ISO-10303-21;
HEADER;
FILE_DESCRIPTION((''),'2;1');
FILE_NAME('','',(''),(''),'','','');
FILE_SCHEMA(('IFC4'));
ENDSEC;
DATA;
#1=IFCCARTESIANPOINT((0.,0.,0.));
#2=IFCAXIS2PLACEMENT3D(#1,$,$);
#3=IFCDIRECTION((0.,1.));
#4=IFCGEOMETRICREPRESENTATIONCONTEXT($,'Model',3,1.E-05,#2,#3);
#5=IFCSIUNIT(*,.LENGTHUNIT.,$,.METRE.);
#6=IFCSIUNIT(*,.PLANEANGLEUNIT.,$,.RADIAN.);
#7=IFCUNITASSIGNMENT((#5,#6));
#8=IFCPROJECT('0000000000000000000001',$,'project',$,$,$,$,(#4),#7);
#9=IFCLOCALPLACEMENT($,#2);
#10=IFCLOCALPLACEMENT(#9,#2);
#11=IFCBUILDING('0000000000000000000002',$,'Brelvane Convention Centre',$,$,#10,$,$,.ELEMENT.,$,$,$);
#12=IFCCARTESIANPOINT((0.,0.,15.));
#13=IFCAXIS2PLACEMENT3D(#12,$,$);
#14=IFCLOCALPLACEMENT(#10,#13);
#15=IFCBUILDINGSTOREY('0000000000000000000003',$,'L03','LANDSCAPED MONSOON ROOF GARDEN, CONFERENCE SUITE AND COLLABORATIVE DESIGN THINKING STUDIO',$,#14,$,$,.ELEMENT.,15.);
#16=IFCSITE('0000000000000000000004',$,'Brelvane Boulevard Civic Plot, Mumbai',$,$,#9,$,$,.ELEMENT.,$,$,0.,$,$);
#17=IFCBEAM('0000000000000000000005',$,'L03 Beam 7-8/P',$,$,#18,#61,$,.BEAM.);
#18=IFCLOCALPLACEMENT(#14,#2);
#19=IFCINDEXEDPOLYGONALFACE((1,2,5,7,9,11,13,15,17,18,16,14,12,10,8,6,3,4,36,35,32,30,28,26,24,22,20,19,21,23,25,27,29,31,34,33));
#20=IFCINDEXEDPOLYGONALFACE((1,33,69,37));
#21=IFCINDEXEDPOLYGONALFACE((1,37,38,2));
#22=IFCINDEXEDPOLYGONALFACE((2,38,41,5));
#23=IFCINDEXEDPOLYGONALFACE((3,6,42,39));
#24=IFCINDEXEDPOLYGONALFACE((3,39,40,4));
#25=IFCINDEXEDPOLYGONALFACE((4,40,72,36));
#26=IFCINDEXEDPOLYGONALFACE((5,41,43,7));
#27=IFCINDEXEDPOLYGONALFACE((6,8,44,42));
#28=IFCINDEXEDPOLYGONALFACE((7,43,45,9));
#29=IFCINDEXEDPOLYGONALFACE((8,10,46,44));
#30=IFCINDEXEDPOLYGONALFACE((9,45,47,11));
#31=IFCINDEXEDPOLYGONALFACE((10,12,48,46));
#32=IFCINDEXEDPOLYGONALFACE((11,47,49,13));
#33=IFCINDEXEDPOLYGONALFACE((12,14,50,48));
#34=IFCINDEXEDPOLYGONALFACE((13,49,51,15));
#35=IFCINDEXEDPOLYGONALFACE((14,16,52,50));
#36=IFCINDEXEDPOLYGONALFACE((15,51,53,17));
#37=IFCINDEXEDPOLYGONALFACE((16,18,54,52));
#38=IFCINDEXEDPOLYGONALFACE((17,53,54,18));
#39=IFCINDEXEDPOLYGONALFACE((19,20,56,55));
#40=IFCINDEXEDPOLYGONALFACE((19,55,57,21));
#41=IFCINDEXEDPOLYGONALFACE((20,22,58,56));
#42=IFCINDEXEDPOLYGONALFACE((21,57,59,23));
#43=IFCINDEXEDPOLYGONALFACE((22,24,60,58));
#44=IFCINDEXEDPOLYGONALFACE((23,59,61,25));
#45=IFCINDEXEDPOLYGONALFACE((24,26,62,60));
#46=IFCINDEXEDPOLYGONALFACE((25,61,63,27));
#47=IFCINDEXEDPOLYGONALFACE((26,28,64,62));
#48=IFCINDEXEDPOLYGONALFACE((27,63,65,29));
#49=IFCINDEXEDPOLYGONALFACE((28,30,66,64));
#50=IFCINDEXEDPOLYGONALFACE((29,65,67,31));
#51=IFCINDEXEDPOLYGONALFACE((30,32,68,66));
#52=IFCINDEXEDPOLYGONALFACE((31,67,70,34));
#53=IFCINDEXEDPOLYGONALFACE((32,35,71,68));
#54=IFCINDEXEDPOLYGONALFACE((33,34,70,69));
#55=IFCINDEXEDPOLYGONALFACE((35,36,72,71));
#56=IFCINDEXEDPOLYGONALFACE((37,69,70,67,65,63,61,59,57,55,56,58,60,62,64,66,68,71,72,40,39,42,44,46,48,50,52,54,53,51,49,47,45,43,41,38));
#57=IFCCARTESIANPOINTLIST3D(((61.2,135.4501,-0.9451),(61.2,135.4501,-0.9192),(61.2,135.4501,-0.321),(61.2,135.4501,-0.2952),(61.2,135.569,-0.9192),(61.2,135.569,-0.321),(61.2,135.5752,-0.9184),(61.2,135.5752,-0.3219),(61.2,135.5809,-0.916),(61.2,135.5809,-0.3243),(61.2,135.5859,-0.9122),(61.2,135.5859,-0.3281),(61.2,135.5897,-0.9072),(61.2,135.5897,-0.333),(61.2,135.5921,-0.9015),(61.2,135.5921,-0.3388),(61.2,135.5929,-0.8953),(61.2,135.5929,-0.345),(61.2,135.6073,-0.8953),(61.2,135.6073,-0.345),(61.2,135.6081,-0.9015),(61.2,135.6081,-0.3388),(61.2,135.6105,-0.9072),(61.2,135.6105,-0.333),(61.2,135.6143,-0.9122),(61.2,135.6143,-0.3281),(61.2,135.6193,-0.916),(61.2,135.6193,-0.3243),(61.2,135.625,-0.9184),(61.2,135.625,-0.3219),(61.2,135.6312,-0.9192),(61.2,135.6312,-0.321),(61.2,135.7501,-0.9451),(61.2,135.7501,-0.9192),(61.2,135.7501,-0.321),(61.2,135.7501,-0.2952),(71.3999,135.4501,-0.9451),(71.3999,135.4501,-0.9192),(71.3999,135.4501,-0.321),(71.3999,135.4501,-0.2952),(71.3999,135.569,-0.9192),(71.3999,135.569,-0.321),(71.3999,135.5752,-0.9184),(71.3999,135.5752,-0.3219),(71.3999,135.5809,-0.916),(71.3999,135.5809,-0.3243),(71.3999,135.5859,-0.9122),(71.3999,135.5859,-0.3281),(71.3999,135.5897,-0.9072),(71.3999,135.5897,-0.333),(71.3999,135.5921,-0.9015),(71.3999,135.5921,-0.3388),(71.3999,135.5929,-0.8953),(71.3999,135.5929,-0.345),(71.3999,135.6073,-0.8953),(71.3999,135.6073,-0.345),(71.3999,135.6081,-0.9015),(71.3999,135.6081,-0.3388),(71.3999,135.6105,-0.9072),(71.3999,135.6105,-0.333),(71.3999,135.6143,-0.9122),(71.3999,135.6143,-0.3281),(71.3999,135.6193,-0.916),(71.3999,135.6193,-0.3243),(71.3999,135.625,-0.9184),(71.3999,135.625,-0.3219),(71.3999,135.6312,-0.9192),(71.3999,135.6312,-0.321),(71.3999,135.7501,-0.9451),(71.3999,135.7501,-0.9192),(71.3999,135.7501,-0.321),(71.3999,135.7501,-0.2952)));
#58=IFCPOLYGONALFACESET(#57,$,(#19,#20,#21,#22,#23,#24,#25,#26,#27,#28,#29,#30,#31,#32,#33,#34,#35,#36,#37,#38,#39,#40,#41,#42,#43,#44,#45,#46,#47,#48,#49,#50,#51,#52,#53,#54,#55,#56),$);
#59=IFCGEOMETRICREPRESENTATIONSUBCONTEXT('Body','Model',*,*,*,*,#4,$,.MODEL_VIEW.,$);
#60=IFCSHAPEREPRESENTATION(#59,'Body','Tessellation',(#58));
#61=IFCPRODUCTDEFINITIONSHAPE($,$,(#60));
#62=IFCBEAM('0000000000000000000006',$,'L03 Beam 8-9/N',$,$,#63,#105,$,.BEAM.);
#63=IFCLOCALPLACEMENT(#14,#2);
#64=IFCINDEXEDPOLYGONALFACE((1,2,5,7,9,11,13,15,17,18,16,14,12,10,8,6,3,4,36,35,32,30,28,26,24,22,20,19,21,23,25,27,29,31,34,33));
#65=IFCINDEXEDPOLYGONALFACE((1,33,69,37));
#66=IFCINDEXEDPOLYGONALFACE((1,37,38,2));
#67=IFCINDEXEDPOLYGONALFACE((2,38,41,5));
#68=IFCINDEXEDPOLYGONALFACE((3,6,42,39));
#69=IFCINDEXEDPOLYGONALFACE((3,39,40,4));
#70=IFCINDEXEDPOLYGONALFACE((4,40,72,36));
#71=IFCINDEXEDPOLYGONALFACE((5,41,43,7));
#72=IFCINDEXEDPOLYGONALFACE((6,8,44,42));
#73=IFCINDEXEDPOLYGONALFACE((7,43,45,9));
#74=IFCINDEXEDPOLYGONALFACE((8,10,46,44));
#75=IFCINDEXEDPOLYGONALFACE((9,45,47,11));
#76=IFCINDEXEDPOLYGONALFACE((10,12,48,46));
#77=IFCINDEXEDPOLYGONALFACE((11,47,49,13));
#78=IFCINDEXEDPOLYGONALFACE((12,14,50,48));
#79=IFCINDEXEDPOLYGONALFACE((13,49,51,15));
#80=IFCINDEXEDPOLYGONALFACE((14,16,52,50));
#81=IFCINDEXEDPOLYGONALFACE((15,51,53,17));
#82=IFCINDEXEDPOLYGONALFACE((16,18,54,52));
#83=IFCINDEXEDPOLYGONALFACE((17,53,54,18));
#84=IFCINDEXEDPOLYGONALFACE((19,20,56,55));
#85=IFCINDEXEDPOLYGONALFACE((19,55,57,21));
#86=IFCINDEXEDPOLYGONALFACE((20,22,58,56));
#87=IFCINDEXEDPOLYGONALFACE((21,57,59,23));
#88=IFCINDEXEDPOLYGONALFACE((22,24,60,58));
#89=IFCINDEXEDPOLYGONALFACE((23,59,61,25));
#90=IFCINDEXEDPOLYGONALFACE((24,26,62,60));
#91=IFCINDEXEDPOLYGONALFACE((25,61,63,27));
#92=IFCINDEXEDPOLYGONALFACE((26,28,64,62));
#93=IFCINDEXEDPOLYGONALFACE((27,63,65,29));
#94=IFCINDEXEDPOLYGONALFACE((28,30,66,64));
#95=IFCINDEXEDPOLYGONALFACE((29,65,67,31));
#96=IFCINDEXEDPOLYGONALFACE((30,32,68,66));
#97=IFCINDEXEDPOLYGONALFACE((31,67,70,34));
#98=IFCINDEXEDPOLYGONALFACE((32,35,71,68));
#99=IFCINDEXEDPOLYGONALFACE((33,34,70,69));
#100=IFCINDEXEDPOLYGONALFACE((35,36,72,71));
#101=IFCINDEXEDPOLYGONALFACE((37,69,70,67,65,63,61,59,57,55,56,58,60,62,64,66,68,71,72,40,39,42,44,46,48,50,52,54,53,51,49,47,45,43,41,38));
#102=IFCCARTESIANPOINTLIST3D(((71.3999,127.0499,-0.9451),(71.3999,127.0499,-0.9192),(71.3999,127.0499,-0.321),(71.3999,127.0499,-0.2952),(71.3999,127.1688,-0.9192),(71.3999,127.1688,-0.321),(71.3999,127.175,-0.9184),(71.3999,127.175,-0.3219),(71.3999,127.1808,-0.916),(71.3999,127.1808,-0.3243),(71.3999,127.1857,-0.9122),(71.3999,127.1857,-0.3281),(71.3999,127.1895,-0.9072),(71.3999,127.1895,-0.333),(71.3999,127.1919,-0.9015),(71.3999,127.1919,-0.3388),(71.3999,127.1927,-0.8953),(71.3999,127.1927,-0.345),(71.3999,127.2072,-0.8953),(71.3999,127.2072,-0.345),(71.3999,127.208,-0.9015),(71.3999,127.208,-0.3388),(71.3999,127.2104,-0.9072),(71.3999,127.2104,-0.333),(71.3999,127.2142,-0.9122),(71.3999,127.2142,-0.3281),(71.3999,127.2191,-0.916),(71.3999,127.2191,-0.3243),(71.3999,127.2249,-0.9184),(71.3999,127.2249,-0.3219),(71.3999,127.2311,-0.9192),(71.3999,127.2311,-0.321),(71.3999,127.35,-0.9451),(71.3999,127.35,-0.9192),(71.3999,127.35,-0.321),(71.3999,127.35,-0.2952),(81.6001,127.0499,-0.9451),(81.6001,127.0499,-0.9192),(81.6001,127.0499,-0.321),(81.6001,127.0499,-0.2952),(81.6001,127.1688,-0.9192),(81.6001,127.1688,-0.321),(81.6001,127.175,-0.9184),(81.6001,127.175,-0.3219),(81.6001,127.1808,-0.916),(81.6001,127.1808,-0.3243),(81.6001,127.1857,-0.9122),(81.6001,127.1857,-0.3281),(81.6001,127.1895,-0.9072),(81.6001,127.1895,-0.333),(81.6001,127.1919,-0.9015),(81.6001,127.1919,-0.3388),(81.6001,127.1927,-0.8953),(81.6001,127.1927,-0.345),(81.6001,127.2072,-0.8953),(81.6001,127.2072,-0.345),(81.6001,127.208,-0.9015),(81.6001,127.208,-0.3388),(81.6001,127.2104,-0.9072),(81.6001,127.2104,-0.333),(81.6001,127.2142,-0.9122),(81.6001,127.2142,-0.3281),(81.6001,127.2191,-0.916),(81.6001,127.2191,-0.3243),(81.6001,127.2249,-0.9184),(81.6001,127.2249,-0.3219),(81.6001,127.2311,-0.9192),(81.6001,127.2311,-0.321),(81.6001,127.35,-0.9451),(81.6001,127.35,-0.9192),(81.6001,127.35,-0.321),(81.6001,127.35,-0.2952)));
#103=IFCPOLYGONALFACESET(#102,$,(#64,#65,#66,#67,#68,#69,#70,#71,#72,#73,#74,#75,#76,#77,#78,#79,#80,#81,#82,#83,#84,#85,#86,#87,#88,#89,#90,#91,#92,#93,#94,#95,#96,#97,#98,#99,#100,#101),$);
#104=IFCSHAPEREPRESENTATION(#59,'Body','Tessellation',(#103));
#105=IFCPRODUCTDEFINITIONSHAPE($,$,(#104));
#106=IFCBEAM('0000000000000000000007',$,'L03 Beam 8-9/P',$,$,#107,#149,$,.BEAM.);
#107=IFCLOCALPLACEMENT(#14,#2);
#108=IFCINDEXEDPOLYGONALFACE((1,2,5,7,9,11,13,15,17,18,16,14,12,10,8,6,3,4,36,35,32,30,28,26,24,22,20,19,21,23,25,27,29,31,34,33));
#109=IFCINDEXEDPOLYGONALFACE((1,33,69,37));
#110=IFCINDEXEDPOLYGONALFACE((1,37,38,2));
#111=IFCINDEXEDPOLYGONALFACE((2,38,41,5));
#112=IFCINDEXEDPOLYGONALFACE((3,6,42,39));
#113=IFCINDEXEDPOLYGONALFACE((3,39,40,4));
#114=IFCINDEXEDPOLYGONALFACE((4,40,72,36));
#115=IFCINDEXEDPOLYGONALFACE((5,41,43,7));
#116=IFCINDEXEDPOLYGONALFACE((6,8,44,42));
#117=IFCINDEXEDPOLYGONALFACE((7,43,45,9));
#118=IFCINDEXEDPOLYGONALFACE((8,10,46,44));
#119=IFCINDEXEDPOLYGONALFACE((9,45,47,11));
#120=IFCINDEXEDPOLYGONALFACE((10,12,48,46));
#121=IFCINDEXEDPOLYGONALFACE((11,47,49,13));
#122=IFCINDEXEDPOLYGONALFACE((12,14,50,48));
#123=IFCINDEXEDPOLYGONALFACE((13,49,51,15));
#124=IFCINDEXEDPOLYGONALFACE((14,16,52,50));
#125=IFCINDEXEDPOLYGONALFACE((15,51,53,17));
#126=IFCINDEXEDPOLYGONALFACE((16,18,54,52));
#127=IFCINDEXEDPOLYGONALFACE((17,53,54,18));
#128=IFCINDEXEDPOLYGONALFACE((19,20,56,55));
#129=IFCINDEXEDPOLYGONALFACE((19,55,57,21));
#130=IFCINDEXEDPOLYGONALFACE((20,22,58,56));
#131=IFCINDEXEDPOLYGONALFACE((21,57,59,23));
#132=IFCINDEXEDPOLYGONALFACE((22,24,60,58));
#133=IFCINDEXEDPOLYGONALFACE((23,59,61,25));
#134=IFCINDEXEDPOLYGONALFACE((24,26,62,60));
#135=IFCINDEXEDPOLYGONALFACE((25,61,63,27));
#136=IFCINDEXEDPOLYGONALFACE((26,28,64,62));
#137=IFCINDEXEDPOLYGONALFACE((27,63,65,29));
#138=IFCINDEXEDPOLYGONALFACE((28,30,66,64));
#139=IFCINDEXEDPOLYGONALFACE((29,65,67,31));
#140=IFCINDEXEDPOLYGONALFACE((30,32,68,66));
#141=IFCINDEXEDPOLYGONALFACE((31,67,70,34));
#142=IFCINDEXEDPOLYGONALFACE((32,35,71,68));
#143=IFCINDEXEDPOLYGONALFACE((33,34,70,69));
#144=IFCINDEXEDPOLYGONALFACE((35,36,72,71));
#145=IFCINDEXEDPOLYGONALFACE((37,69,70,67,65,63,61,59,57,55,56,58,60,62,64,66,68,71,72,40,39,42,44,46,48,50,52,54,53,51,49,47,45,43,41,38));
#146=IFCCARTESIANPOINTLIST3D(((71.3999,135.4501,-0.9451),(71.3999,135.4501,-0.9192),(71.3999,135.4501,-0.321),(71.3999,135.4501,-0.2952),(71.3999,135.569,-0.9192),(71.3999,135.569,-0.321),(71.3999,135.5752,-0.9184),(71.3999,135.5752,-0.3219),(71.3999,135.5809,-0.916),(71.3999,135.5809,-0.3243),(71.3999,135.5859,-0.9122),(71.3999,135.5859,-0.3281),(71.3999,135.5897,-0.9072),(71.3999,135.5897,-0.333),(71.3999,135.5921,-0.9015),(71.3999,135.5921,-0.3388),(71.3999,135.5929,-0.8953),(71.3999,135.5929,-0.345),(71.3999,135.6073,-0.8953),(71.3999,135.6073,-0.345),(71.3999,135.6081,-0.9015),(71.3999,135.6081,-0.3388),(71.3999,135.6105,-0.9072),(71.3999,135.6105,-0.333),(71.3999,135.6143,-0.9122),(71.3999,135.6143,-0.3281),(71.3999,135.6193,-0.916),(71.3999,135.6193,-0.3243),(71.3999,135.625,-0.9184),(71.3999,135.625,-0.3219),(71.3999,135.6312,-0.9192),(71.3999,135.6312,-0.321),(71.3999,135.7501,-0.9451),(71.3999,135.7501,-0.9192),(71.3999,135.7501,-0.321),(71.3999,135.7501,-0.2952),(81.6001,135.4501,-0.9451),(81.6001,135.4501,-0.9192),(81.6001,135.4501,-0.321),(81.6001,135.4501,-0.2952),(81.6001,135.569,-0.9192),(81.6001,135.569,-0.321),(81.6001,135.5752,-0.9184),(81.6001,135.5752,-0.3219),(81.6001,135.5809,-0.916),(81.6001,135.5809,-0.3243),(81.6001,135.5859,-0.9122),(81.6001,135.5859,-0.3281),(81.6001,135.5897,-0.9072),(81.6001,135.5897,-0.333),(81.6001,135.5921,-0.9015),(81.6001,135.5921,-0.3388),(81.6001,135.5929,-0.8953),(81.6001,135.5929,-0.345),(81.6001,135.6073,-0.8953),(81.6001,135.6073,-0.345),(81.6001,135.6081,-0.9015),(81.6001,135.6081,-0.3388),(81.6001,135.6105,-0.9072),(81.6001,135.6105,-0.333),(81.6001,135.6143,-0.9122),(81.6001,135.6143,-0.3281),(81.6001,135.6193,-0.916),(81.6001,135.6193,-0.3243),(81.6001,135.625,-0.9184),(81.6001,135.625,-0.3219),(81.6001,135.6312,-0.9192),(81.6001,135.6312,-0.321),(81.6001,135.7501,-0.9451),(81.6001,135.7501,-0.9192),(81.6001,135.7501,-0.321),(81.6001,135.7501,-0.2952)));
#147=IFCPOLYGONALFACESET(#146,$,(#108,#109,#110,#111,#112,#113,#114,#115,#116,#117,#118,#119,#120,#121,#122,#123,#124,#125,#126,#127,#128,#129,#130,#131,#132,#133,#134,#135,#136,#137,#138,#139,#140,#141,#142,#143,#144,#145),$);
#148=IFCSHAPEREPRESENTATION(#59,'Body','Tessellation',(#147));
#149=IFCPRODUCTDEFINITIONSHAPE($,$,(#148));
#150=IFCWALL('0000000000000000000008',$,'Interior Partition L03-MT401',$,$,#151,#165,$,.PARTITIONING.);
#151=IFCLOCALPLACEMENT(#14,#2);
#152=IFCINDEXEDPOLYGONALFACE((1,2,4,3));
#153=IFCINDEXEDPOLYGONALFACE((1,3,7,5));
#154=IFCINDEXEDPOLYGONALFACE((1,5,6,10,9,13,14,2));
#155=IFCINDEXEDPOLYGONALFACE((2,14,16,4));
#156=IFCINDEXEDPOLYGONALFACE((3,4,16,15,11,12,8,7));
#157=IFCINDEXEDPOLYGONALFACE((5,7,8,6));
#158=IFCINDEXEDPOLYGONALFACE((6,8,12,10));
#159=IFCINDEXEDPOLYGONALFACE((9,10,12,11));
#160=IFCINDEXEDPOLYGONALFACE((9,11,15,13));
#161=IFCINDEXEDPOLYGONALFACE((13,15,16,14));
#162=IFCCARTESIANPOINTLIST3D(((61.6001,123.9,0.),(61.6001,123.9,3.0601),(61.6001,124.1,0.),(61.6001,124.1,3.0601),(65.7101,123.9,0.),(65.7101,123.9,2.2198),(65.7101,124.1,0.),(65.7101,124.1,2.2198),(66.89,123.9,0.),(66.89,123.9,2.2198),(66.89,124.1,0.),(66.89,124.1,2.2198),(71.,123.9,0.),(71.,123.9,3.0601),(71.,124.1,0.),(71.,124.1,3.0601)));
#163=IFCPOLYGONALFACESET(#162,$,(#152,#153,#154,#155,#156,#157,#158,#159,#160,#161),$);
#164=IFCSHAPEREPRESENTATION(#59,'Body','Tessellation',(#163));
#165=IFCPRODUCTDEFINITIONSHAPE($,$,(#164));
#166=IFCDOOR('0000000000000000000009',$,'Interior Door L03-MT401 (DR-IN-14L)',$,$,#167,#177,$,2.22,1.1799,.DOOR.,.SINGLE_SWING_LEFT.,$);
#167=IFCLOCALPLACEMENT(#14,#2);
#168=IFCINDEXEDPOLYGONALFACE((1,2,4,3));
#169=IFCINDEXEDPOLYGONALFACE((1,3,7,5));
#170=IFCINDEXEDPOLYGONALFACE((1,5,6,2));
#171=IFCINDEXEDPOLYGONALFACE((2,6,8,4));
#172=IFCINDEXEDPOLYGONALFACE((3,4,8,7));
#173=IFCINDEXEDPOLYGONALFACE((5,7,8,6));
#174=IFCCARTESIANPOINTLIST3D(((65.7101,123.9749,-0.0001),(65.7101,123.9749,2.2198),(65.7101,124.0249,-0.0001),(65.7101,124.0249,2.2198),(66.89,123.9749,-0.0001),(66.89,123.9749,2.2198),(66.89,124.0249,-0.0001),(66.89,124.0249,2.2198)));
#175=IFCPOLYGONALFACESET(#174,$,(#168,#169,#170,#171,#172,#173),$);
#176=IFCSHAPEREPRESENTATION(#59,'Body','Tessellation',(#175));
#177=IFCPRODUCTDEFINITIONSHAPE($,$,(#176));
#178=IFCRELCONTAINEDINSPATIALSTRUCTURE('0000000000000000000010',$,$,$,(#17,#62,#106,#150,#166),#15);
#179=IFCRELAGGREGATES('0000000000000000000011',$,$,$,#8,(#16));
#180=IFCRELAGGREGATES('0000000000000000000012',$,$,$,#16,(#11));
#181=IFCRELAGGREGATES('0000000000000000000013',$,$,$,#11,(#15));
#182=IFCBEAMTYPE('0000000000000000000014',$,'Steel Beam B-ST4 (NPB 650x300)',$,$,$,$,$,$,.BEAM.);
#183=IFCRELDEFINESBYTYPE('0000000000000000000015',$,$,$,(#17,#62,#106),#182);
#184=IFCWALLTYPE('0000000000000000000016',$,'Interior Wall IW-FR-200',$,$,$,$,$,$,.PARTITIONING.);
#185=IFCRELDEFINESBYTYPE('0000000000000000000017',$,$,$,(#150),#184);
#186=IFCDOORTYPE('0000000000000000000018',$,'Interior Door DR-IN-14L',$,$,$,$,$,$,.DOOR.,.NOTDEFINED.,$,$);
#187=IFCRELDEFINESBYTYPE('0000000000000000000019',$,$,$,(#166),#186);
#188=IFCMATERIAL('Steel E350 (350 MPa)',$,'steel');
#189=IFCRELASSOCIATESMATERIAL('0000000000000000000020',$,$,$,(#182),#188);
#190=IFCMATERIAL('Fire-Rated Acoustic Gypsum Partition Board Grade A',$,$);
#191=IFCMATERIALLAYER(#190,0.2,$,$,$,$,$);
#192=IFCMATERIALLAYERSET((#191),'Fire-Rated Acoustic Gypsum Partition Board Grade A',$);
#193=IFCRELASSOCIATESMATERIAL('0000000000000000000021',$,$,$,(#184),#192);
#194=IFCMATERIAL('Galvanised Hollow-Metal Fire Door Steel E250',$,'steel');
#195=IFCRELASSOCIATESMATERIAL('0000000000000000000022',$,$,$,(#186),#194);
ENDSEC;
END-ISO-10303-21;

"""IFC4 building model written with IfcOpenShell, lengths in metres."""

from ifc_helpers import new_model, si_unit, direction, frame, frame_2d, origin, origin_2d, place, context, subcontext, project, spatial, rectangle, i_section, extrude, material, layer, layer_set, material_profile, profile_set, type_object, element, fill, save


model = new_model("IFC4")

# Units and contexts
model_context = context("Model", 3, precision=1e-05, world=origin(), true_north=direction((0.0, 1.0)))
body_context = subcontext(model_context, "Body", "Model", "MODEL_VIEW")
ifc_project = project(units=[si_unit("LENGTHUNIT", "METRE"), si_unit("PLANEANGLEUNIT", "RADIAN")], contexts=[model_context])

# Site, building, storey
site_placement = place(None, origin())
site = spatial("IfcSite", under=ifc_project, at=site_placement, Name="Brelvane Boulevard Civic Plot, Mumbai", CompositionType="ELEMENT", RefElevation=0.0)
building_placement = place(site_placement, origin())
building = spatial("IfcBuilding", under=site, at=building_placement, Name="Brelvane Convention Centre", CompositionType="ELEMENT")
storey_placement = place(building_placement, frame((0.0, 0.0, 15.0)))
storey = spatial("IfcBuildingStorey", under=building, at=storey_placement, Name="L03", Description="LANDSCAPED MONSOON ROOF GARDEN, CONFERENCE SUITE AND COLLABORATIVE DESIGN THINKING STUDIO", CompositionType="ELEMENT", Elevation=15.0)

# Beams
ifc_material_1 = material(Name="Steel E350 (350 MPa)", Category="steel")
ifc_material_profile_1 = material_profile(ifc_material_1, i_section(OverallWidth=0.3, OverallDepth=0.6499, WebThickness=0.0144, FlangeThickness=0.0259, FilletRadius=0.0239, at=origin_2d()), Name="NPB 650x300")
ifc_profile_set_1 = profile_set([ifc_material_profile_1], Name="Steel E350 (350 MPa)")
beam_type_1 = type_object("IfcBeamType", Name="Steel Beam B-ST4 (NPB 650x300)", PredefinedType="BEAM", material=ifc_profile_set_1)
for number, where, z_axis, x_axis, name in (
    (1, (61.2, 135.6001, -0.6201), (1.0, 0.0, 0.0), (0.0, 1.0, 0.0), "L03 Beam 7-8/P"),
):
    element("IfcBeam", number, at=place(storey_placement, frame(where, z_axis=z_axis, x_axis=x_axis)), inside=storey, type_object=beam_type_1, Name=name, PredefinedType="BEAM", context=body_context, shape_type="SweptSolid", body=[
        extrude(i_section(OverallWidth=0.3, OverallDepth=0.6499, WebThickness=0.0144, FlangeThickness=0.0259, FilletRadius=0.0239, at=origin_2d()), origin(), (0.0, 0.0, 1.0), 10.2),
    ])
for number, where, z_axis, x_axis, name in (
    (2, (71.3999, 127.2, -0.6201), (1.0, 0.0, 0.0), (0.0, 1.0, 0.0), "L03 Beam 8-9/N"),
    (3, (71.3999, 135.6001, -0.6201), (1.0, 0.0, 0.0), (0.0, 1.0, 0.0), "L03 Beam 8-9/P"),
):
    element("IfcBeam", number, at=place(storey_placement, frame(where, z_axis=z_axis, x_axis=x_axis)), inside=storey, type_object=beam_type_1, Name=name, PredefinedType="BEAM", context=body_context, shape_type="SweptSolid", body=[
        extrude(i_section(OverallWidth=0.3, OverallDepth=0.6499, WebThickness=0.0144, FlangeThickness=0.0259, FilletRadius=0.0239, at=origin_2d()), origin(), (0.0, 0.0, 1.0), 10.2002),
    ])

# Wall, opening, door
ifc_material_2 = material(Name="Fire-Rated Acoustic Gypsum Partition Board Grade A")
ifc_layer_1 = layer(ifc_material_2, 0.2)
ifc_layer_set_1 = layer_set([ifc_layer_1], Name="Fire-Rated Acoustic Gypsum Partition Board Grade A")
wall_type_1 = type_object("IfcWallType", Name="Interior Wall IW-FR-200", PredefinedType="PARTITIONING", material=ifc_layer_set_1)
wall_1_placement = place(storey_placement, frame((61.6001, 124.0, 0.0), z_axis=(0.0, 0.0, 1.0), x_axis=(1.0, 0.0, 0.0)))
wall_1 = element("IfcWall", 4, at=wall_1_placement, inside=storey, type_object=wall_type_1, Name="Interior Partition L03-MT401", PredefinedType="PARTITIONING", context=body_context, shape_type="SweptSolid", body=[
    extrude(rectangle(XDim=9.3999, YDim=0.2, at=frame_2d((4.7, 0.0))), origin(), (0.0, 0.0, 1.0), 3.0601),
])
opening_1_placement = place(wall_1_placement, frame((4.1101, 0.0, 0.0)))
opening_1 = element("IfcOpeningElement", 5, at=opening_1_placement, cuts=wall_1, PredefinedType="OPENING", context=body_context, shape_type="SweptSolid", body=[
    extrude(rectangle(XDim=1.1799, YDim=2.22, at=frame_2d((0.5898, 1.1099))), frame((0.0, 0.1099, 0.0), z_axis=(0.0, -1.0, 0.0), x_axis=(1.0, 0.0, 0.0)), (0.0, 0.0, 1.0), 0.22),
])
ifc_material_3 = material(Name="Galvanised Hollow-Metal Fire Door Steel E250", Category="steel")
door_type_1 = type_object("IfcDoorType", Name="Interior Door DR-IN-14L", OperationType="NOTDEFINED", PredefinedType="DOOR", material=ifc_material_3)
door_1_placement = place(opening_1_placement, origin())
door_1 = element("IfcDoor", 6, at=door_1_placement, inside=storey, type_object=door_type_1, Name="Interior Door L03-MT401 (DR-IN-14L)", OperationType="SINGLE_SWING_LEFT", OverallHeight=2.22, OverallWidth=1.1799, PredefinedType="DOOR", context=body_context, shape_type="SweptSolid", body=[
    extrude(rectangle(XDim=1.1799, YDim=2.22, at=frame_2d((0.5898, 1.1099))), frame((0.0, 0.0249, 0.0), z_axis=(0.0, -1.0, 0.0), x_axis=(1.0, 0.0, 0.0)), (0.0, 0.0, 1.0), 0.05),
])
fill(opening_1, door_1)

save(model, "model.ifc")
